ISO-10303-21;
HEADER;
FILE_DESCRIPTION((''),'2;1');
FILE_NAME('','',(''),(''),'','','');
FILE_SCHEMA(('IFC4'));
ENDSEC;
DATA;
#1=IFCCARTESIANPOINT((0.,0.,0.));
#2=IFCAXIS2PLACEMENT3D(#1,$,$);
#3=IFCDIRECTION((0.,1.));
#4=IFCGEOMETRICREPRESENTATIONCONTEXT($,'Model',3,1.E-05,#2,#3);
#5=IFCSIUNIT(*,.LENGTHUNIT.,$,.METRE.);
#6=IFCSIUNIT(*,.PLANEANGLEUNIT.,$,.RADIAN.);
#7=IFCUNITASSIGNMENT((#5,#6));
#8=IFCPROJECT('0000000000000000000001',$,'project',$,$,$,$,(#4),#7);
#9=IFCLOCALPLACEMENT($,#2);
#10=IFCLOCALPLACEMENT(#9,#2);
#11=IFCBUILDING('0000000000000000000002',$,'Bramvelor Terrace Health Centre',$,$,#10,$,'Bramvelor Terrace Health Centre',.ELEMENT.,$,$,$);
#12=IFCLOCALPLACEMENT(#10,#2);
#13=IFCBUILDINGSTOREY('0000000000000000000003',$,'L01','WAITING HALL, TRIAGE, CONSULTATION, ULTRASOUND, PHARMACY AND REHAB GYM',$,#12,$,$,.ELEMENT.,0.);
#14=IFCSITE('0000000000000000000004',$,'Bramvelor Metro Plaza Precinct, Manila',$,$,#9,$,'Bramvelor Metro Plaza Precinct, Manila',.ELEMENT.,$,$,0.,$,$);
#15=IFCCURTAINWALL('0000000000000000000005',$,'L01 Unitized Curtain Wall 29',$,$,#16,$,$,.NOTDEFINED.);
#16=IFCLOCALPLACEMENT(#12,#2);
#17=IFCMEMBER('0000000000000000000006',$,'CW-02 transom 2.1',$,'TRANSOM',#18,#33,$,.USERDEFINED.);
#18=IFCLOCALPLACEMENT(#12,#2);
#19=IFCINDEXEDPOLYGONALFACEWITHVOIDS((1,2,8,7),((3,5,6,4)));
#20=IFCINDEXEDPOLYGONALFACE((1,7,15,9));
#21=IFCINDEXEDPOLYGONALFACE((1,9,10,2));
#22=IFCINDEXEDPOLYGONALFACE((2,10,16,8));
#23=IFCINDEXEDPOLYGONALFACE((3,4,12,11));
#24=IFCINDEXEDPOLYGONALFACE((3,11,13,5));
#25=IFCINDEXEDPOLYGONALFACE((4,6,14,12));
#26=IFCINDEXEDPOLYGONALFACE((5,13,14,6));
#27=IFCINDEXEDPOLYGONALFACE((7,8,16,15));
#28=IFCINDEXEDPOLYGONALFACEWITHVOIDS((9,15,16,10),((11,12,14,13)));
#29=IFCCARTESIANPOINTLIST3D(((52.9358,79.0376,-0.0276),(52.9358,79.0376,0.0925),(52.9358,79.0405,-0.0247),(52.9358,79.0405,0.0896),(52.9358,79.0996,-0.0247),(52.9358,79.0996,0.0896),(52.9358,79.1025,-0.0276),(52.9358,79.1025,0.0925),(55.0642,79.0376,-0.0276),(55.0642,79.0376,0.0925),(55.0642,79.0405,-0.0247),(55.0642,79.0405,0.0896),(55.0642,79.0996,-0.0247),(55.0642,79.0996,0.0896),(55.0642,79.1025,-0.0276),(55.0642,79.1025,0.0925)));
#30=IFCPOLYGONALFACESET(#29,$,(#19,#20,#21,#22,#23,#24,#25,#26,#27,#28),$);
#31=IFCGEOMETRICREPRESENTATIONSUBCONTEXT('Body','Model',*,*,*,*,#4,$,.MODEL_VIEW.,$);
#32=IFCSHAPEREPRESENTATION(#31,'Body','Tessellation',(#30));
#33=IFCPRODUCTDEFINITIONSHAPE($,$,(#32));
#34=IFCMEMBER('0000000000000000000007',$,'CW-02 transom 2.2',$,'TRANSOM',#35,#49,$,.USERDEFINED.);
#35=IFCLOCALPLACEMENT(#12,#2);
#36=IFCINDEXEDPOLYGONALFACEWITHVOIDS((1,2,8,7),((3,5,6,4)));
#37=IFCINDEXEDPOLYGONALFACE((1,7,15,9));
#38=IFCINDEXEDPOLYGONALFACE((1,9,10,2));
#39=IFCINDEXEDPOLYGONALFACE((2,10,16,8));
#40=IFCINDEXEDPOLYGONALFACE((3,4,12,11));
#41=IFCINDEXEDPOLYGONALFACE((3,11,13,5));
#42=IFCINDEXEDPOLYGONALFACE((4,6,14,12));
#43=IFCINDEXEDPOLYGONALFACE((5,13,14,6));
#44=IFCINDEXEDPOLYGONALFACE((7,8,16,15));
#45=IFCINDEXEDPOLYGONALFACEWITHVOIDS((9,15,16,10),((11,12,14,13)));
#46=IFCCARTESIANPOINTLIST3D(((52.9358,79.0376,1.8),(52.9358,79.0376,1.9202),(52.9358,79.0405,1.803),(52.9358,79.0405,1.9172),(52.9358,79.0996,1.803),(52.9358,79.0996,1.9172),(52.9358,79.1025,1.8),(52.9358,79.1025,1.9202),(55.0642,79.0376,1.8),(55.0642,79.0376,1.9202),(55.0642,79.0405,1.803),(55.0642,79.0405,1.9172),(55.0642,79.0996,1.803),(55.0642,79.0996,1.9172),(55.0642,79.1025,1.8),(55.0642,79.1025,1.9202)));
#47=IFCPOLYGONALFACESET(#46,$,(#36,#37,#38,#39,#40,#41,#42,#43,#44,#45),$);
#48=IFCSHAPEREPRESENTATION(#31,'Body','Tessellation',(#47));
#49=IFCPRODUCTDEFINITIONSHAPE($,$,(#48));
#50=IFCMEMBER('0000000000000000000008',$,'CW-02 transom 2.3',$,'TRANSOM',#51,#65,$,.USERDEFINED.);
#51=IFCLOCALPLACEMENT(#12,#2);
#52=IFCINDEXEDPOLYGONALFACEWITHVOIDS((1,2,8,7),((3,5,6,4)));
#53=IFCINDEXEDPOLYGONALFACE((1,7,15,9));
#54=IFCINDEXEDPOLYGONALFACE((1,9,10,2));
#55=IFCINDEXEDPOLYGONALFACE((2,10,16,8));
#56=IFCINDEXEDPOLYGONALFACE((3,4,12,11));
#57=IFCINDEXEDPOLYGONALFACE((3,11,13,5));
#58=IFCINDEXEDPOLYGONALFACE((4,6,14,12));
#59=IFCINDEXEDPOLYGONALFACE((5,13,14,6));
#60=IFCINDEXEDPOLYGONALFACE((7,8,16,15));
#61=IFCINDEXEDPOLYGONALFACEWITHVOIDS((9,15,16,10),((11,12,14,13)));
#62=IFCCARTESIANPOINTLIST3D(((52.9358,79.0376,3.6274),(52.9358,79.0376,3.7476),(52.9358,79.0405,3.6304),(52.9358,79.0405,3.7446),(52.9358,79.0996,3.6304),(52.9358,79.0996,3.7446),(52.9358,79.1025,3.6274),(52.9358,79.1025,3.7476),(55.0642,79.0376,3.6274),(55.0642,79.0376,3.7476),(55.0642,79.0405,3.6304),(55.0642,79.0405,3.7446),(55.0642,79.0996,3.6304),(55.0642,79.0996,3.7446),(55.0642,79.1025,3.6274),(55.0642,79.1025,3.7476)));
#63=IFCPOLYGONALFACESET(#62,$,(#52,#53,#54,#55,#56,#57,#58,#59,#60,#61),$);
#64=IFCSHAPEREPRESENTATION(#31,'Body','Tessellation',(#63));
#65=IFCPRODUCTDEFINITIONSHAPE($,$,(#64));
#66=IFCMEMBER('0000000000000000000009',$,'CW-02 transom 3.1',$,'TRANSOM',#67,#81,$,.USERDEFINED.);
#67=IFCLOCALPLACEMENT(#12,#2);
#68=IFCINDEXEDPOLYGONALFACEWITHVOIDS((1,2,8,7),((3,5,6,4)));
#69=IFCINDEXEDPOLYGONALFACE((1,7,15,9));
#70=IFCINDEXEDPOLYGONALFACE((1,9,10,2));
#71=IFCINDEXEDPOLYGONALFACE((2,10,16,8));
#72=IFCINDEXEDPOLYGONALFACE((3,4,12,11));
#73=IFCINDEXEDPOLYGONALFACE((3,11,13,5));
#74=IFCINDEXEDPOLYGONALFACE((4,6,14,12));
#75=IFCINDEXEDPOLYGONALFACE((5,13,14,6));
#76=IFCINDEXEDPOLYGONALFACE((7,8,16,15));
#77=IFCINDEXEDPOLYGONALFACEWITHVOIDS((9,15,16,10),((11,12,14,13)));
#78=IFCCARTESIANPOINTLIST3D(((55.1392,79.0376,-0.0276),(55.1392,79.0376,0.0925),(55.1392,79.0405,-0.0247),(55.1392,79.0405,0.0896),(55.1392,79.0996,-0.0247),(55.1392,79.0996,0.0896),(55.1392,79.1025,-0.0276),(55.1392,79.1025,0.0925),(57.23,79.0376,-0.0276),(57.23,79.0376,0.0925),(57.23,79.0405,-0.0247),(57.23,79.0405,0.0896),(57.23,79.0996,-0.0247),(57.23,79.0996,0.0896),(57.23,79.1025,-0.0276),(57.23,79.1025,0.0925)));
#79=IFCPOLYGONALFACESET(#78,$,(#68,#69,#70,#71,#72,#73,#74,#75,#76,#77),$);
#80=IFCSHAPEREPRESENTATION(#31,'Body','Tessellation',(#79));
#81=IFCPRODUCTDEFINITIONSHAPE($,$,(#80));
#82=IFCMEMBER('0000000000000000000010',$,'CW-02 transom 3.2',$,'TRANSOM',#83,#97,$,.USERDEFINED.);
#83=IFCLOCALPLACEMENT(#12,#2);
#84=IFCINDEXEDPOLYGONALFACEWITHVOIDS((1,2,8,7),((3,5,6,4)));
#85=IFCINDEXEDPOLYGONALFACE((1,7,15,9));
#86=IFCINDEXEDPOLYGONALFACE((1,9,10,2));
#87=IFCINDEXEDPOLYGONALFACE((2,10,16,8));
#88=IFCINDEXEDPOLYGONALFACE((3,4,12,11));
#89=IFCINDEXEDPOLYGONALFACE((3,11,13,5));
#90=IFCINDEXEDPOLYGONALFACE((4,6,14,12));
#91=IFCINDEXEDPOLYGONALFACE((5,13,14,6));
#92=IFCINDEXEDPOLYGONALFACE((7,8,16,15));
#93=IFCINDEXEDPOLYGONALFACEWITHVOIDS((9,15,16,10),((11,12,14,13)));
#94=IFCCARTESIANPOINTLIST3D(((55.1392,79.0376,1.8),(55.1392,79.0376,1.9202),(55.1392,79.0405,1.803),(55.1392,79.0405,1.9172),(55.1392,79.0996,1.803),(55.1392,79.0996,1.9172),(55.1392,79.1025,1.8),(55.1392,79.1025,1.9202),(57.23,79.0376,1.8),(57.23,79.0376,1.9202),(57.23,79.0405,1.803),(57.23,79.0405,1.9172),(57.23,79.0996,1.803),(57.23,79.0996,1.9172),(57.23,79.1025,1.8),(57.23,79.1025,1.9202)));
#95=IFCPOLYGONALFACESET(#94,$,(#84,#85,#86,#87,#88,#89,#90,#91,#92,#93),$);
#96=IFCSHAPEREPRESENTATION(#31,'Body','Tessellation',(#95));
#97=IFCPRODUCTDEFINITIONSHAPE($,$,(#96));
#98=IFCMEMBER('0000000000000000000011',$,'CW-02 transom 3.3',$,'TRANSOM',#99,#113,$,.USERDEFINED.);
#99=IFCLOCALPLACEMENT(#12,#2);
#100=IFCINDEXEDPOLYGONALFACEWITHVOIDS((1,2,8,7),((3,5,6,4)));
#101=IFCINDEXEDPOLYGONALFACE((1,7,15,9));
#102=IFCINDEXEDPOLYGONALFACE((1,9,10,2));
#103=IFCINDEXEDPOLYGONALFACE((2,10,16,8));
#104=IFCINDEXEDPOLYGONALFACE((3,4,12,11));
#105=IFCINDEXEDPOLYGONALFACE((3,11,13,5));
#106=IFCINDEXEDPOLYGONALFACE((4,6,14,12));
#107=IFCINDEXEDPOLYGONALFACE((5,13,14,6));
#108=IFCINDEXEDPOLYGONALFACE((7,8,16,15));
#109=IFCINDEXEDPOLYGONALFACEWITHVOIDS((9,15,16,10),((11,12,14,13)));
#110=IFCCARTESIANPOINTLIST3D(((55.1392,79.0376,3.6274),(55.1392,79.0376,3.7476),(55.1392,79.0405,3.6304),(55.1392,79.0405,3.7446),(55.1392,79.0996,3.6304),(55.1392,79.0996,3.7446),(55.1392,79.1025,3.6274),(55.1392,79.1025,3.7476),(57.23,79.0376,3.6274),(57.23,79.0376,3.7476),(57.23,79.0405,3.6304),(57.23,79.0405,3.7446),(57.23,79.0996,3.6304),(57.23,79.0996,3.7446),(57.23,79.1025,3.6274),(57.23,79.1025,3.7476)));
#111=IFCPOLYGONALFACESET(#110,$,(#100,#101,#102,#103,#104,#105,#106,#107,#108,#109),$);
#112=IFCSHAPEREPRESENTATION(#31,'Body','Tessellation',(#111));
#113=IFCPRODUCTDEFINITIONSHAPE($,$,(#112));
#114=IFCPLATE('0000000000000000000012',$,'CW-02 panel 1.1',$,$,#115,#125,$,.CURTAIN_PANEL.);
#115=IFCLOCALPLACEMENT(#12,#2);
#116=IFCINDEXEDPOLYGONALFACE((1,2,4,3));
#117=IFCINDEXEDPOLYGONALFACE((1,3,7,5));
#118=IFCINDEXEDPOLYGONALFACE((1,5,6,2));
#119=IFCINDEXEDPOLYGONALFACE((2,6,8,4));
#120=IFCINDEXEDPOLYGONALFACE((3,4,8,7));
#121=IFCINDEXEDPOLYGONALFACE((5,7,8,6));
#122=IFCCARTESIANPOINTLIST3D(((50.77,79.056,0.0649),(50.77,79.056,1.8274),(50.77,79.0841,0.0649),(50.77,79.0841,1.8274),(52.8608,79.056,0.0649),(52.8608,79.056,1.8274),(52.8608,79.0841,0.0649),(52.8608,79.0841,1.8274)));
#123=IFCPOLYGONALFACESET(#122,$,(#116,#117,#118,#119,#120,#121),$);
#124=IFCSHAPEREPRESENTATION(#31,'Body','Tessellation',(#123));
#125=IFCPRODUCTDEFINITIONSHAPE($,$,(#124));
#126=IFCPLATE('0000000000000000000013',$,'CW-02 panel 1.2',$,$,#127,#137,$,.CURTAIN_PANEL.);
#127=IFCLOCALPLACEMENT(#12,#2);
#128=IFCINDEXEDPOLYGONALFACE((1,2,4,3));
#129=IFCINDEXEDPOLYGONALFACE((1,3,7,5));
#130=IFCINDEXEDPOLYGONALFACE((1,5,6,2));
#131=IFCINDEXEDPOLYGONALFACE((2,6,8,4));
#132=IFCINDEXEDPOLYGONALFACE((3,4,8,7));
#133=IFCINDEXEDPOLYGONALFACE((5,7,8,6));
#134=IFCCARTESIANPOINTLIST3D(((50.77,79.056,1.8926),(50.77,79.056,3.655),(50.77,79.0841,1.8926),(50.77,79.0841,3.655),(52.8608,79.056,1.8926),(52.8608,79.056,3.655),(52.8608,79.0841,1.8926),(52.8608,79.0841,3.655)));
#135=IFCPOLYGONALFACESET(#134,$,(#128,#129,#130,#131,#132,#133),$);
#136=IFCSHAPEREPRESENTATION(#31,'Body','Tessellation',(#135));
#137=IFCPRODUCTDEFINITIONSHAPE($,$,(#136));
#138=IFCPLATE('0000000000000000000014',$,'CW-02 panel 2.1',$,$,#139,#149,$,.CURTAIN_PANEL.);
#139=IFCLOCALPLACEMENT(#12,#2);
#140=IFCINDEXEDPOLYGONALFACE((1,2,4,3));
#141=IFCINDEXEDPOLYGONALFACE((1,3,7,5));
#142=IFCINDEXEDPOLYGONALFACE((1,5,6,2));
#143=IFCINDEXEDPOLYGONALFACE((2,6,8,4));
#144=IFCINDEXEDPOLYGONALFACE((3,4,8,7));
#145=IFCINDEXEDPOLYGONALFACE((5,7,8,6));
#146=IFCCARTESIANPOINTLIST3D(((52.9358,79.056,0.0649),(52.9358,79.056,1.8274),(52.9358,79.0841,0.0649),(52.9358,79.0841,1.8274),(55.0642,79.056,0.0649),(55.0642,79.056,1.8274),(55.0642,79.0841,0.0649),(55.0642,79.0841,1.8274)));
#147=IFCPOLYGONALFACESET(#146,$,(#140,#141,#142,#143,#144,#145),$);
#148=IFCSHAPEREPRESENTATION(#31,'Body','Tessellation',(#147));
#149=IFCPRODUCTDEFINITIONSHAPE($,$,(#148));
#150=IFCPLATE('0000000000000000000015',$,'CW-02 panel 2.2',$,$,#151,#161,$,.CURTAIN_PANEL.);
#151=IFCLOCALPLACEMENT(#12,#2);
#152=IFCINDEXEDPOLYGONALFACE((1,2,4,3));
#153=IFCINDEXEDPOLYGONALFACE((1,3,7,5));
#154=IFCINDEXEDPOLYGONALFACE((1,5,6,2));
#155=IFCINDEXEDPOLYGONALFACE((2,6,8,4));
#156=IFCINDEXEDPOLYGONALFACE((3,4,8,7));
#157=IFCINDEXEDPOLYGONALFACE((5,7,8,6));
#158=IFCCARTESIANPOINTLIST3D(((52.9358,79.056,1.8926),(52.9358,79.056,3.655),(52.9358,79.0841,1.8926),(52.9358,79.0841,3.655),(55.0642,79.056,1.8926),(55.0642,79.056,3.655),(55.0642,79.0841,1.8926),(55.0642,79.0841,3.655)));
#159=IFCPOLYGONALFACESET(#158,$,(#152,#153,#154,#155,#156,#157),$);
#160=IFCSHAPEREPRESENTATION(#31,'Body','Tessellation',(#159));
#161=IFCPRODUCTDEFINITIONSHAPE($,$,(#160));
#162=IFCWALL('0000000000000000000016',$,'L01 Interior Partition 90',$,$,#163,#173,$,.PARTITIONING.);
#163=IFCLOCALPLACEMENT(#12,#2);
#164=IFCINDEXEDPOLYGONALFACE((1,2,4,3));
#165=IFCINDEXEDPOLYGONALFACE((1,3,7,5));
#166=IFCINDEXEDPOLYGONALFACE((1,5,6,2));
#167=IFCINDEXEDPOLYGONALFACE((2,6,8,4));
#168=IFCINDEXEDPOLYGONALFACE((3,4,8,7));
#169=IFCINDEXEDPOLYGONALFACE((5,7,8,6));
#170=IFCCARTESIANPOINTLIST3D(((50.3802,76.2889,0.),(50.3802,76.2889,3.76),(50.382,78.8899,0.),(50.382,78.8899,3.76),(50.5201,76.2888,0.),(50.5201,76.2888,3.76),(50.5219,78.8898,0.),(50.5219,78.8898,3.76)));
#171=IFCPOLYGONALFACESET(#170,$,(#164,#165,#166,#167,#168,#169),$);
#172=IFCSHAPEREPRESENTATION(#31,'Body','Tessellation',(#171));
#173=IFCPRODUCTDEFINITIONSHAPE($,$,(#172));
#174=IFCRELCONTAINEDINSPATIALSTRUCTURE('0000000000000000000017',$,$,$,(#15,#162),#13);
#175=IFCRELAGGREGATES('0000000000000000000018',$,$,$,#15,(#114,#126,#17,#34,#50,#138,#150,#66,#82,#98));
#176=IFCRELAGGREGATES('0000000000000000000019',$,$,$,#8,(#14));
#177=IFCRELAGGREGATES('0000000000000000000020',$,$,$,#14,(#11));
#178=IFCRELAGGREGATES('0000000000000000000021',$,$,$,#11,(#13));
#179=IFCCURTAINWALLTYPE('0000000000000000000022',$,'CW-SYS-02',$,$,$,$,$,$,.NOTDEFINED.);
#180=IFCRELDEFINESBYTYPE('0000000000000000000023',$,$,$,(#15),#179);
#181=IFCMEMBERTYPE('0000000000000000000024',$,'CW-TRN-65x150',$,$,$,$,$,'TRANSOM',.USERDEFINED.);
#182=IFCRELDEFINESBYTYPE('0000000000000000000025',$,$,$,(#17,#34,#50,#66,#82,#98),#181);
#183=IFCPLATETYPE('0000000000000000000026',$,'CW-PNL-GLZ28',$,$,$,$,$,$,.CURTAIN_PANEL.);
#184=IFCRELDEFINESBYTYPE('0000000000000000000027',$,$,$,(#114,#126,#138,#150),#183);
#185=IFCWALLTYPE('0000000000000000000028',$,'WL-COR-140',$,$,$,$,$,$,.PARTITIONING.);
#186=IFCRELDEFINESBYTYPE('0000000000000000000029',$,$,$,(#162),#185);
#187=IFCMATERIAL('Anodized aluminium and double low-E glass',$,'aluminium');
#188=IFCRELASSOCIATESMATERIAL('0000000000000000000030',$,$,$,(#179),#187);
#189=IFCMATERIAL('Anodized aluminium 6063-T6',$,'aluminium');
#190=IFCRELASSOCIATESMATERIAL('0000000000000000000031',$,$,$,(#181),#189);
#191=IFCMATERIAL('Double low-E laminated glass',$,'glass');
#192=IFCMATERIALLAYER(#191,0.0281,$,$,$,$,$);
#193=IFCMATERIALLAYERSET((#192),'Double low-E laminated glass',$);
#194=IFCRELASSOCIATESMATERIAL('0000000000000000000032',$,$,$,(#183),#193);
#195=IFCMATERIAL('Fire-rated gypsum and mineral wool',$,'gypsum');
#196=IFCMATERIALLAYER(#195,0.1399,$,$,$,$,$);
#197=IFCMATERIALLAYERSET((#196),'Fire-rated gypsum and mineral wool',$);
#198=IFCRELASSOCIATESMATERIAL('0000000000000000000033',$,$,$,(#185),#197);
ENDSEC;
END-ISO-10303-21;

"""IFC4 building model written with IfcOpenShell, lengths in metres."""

from ifc_helpers import new_model, si_unit, direction, frame, frame_2d, origin, origin_2d, place, context, subcontext, project, spatial, rectangle, hollow_rectangle, extrude, material, layer, layer_set, material_profile, profile_set, type_object, element, aggregate, save


model = new_model("IFC4")

# Units and contexts
model_context = context("Model", 3, precision=1e-05, world=origin(), true_north=direction((0.0, 1.0)))
body_context = subcontext(model_context, "Body", "Model", "MODEL_VIEW")
ifc_project = project(units=[si_unit("LENGTHUNIT", "METRE"), si_unit("PLANEANGLEUNIT", "RADIAN")], contexts=[model_context])

# Site, building, storey
site_placement = place(None, origin())
site = spatial("IfcSite", under=ifc_project, at=site_placement, Name="Bramvelor Metro Plaza Precinct, Manila", LongName="Bramvelor Metro Plaza Precinct, Manila", CompositionType="ELEMENT", RefElevation=0.0)
building_placement = place(site_placement, origin())
building = spatial("IfcBuilding", under=site, at=building_placement, Name="Bramvelor Terrace Health Centre", LongName="Bramvelor Terrace Health Centre", CompositionType="ELEMENT")
storey_placement = place(building_placement, origin())
storey = spatial("IfcBuildingStorey", under=building, at=storey_placement, Name="L01", Description="WAITING HALL, TRIAGE, CONSULTATION, ULTRASOUND, PHARMACY AND REHAB GYM", CompositionType="ELEMENT", Elevation=0.0)

# Curtain wall, members, plates
ifc_material_1 = material(Name="Anodized aluminium and double low-E glass", Category="aluminium")
curtain_wall_type = type_object("IfcCurtainWallType", Name="CW-SYS-02", PredefinedType="NOTDEFINED", material=ifc_material_1)
curtain_wall_placement = place(storey_placement, origin())
curtain_wall = element("IfcCurtainWall", 1, at=curtain_wall_placement, inside=storey, type_object=curtain_wall_type, Name="L01 Unitized Curtain Wall 29", PredefinedType="NOTDEFINED")
ifc_material_2 = material(Name="Anodized aluminium 6063-T6", Category="aluminium")
ifc_material_profile_1 = material_profile(ifc_material_2, hollow_rectangle(XDim=0.0649, YDim=0.1201, WallThickness=0.0029, at=origin_2d()), Name="ALU-TRN 65x120x3.0")
ifc_profile_set_1 = profile_set([ifc_material_profile_1], Name="Anodized aluminium 6063-T6")
member_type_1 = type_object("IfcMemberType", Name="CW-TRN-65x150", ElementType="TRANSOM", PredefinedType="USERDEFINED", material=ifc_profile_set_1)
member_1_placement = place(storey_placement, frame((52.9358, 79.0701, 0.0325), z_axis=(1.0, 0.0, 0.0), x_axis=(0.0, 1.0, 0.0)))
member_1 = element("IfcMember", 2, at=member_1_placement, type_object=member_type_1, Name="CW-02 transom 2.1", ObjectType="TRANSOM", PredefinedType="USERDEFINED", context=body_context, shape_type="SweptSolid", body=[
    extrude(hollow_rectangle(XDim=0.0649, YDim=0.1201, WallThickness=0.0029, at=origin_2d()), origin(), (0.0, 0.0, 1.0), 2.1284),
])
member_2_placement = place(storey_placement, frame((52.9358, 79.0701, 1.8601), z_axis=(1.0, 0.0, 0.0), x_axis=(0.0, 1.0, 0.0)))
member_2 = element("IfcMember", 3, at=member_2_placement, type_object=member_type_1, Name="CW-02 transom 2.2", ObjectType="TRANSOM", PredefinedType="USERDEFINED", context=body_context, shape_type="SweptSolid", body=[
    extrude(hollow_rectangle(XDim=0.0649, YDim=0.1201, WallThickness=0.0029, at=origin_2d()), origin(), (0.0, 0.0, 1.0), 2.1284),
])
member_3_placement = place(storey_placement, frame((52.9358, 79.0701, 3.6875), z_axis=(1.0, 0.0, 0.0), x_axis=(0.0, 1.0, 0.0)))
member_3 = element("IfcMember", 4, at=member_3_placement, type_object=member_type_1, Name="CW-02 transom 2.3", ObjectType="TRANSOM", PredefinedType="USERDEFINED", context=body_context, shape_type="SweptSolid", body=[
    extrude(hollow_rectangle(XDim=0.0649, YDim=0.1201, WallThickness=0.0029, at=origin_2d()), origin(), (0.0, 0.0, 1.0), 2.1284),
])
member_4_placement = place(storey_placement, frame((55.1392, 79.0701, 0.0325), z_axis=(1.0, 0.0, 0.0), x_axis=(0.0, 1.0, 0.0)))
member_4 = element("IfcMember", 5, at=member_4_placement, type_object=member_type_1, Name="CW-02 transom 3.1", ObjectType="TRANSOM", PredefinedType="USERDEFINED", context=body_context, shape_type="SweptSolid", body=[
    extrude(hollow_rectangle(XDim=0.0649, YDim=0.1201, WallThickness=0.0029, at=origin_2d()), origin(), (0.0, 0.0, 1.0), 2.0908),
])
member_5_placement = place(storey_placement, frame((55.1392, 79.0701, 1.8601), z_axis=(1.0, 0.0, 0.0), x_axis=(0.0, 1.0, 0.0)))
member_5 = element("IfcMember", 6, at=member_5_placement, type_object=member_type_1, Name="CW-02 transom 3.2", ObjectType="TRANSOM", PredefinedType="USERDEFINED", context=body_context, shape_type="SweptSolid", body=[
    extrude(hollow_rectangle(XDim=0.0649, YDim=0.1201, WallThickness=0.0029, at=origin_2d()), origin(), (0.0, 0.0, 1.0), 2.0908),
])
member_6_placement = place(storey_placement, frame((55.1392, 79.0701, 3.6875), z_axis=(1.0, 0.0, 0.0), x_axis=(0.0, 1.0, 0.0)))
member_6 = element("IfcMember", 7, at=member_6_placement, type_object=member_type_1, Name="CW-02 transom 3.3", ObjectType="TRANSOM", PredefinedType="USERDEFINED", context=body_context, shape_type="SweptSolid", body=[
    extrude(hollow_rectangle(XDim=0.0649, YDim=0.1201, WallThickness=0.0029, at=origin_2d()), origin(), (0.0, 0.0, 1.0), 2.0908),
])
ifc_material_3 = material(Name="Double low-E laminated glass", Category="glass")
ifc_layer_1 = layer(ifc_material_3, 0.0281)
ifc_layer_set_1 = layer_set([ifc_layer_1], Name="Double low-E laminated glass")
plate_type = type_object("IfcPlateType", Name="CW-PNL-GLZ28", PredefinedType="CURTAIN_PANEL", material=ifc_layer_set_1)
plate_1_placement = place(storey_placement, frame((51.8154, 79.0701, 0.0649), z_axis=(0.0, 0.0, 1.0), x_axis=(1.0, 0.0, 0.0)))
plate_1 = element("IfcPlate", 8, at=plate_1_placement, type_object=plate_type, Name="CW-02 panel 1.1", PredefinedType="CURTAIN_PANEL", context=body_context, shape_type="SweptSolid", body=[
    extrude(rectangle(XDim=2.0908, YDim=0.0281, at=origin_2d()), origin(), (0.0, 0.0, 1.0), 1.7625),
])
plate_2_placement = place(storey_placement, frame((51.8154, 79.0701, 1.8926), z_axis=(0.0, 0.0, 1.0), x_axis=(1.0, 0.0, 0.0)))
plate_2 = element("IfcPlate", 9, at=plate_2_placement, type_object=plate_type, Name="CW-02 panel 1.2", PredefinedType="CURTAIN_PANEL", context=body_context, shape_type="SweptSolid", body=[
    extrude(rectangle(XDim=2.0908, YDim=0.0281, at=origin_2d()), origin(), (0.0, 0.0, 1.0), 1.7625),
])
plate_3_placement = place(storey_placement, frame((54.0, 79.0701, 0.0649), z_axis=(0.0, 0.0, 1.0), x_axis=(1.0, 0.0, 0.0)))
plate_3 = element("IfcPlate", 10, at=plate_3_placement, type_object=plate_type, Name="CW-02 panel 2.1", PredefinedType="CURTAIN_PANEL", context=body_context, shape_type="SweptSolid", body=[
    extrude(rectangle(XDim=2.1284, YDim=0.0281, at=origin_2d()), origin(), (0.0, 0.0, 1.0), 1.7625),
])
plate_4_placement = place(storey_placement, frame((54.0, 79.0701, 1.8926), z_axis=(0.0, 0.0, 1.0), x_axis=(1.0, 0.0, 0.0)))
plate_4 = element("IfcPlate", 11, at=plate_4_placement, type_object=plate_type, Name="CW-02 panel 2.2", PredefinedType="CURTAIN_PANEL", context=body_context, shape_type="SweptSolid", body=[
    extrude(rectangle(XDim=2.1284, YDim=0.0281, at=origin_2d()), origin(), (0.0, 0.0, 1.0), 1.7625),
])
aggregate(curtain_wall, [plate_1, plate_2, member_1, member_2, member_3, plate_3, plate_4, member_4, member_5, member_6])

# Wall
ifc_material_4 = material(Name="Fire-rated gypsum and mineral wool", Category="gypsum")
ifc_layer_2 = layer(ifc_material_4, 0.1399)
ifc_layer_set_2 = layer_set([ifc_layer_2], Name="Fire-rated gypsum and mineral wool")
wall_type = type_object("IfcWallType", Name="WL-COR-140", PredefinedType="PARTITIONING", material=ifc_layer_set_2)
wall_placement = place(storey_placement, frame((50.4502, 76.2888, 0.0), z_axis=(0.0, 0.0, 1.0), x_axis=(0.000657, 1.0, 0.0)))
element("IfcWall", 12, at=wall_placement, inside=storey, type_object=wall_type, Name="L01 Interior Partition 90", PredefinedType="PARTITIONING", context=body_context, shape_type="SweptSolid", body=[
    extrude(rectangle(XDim=2.6011, YDim=0.1399, at=frame_2d((1.3005, 0.0))), origin(), (0.0, 0.0, 1.0), 3.76),
])

save(model, "model.ifc")
